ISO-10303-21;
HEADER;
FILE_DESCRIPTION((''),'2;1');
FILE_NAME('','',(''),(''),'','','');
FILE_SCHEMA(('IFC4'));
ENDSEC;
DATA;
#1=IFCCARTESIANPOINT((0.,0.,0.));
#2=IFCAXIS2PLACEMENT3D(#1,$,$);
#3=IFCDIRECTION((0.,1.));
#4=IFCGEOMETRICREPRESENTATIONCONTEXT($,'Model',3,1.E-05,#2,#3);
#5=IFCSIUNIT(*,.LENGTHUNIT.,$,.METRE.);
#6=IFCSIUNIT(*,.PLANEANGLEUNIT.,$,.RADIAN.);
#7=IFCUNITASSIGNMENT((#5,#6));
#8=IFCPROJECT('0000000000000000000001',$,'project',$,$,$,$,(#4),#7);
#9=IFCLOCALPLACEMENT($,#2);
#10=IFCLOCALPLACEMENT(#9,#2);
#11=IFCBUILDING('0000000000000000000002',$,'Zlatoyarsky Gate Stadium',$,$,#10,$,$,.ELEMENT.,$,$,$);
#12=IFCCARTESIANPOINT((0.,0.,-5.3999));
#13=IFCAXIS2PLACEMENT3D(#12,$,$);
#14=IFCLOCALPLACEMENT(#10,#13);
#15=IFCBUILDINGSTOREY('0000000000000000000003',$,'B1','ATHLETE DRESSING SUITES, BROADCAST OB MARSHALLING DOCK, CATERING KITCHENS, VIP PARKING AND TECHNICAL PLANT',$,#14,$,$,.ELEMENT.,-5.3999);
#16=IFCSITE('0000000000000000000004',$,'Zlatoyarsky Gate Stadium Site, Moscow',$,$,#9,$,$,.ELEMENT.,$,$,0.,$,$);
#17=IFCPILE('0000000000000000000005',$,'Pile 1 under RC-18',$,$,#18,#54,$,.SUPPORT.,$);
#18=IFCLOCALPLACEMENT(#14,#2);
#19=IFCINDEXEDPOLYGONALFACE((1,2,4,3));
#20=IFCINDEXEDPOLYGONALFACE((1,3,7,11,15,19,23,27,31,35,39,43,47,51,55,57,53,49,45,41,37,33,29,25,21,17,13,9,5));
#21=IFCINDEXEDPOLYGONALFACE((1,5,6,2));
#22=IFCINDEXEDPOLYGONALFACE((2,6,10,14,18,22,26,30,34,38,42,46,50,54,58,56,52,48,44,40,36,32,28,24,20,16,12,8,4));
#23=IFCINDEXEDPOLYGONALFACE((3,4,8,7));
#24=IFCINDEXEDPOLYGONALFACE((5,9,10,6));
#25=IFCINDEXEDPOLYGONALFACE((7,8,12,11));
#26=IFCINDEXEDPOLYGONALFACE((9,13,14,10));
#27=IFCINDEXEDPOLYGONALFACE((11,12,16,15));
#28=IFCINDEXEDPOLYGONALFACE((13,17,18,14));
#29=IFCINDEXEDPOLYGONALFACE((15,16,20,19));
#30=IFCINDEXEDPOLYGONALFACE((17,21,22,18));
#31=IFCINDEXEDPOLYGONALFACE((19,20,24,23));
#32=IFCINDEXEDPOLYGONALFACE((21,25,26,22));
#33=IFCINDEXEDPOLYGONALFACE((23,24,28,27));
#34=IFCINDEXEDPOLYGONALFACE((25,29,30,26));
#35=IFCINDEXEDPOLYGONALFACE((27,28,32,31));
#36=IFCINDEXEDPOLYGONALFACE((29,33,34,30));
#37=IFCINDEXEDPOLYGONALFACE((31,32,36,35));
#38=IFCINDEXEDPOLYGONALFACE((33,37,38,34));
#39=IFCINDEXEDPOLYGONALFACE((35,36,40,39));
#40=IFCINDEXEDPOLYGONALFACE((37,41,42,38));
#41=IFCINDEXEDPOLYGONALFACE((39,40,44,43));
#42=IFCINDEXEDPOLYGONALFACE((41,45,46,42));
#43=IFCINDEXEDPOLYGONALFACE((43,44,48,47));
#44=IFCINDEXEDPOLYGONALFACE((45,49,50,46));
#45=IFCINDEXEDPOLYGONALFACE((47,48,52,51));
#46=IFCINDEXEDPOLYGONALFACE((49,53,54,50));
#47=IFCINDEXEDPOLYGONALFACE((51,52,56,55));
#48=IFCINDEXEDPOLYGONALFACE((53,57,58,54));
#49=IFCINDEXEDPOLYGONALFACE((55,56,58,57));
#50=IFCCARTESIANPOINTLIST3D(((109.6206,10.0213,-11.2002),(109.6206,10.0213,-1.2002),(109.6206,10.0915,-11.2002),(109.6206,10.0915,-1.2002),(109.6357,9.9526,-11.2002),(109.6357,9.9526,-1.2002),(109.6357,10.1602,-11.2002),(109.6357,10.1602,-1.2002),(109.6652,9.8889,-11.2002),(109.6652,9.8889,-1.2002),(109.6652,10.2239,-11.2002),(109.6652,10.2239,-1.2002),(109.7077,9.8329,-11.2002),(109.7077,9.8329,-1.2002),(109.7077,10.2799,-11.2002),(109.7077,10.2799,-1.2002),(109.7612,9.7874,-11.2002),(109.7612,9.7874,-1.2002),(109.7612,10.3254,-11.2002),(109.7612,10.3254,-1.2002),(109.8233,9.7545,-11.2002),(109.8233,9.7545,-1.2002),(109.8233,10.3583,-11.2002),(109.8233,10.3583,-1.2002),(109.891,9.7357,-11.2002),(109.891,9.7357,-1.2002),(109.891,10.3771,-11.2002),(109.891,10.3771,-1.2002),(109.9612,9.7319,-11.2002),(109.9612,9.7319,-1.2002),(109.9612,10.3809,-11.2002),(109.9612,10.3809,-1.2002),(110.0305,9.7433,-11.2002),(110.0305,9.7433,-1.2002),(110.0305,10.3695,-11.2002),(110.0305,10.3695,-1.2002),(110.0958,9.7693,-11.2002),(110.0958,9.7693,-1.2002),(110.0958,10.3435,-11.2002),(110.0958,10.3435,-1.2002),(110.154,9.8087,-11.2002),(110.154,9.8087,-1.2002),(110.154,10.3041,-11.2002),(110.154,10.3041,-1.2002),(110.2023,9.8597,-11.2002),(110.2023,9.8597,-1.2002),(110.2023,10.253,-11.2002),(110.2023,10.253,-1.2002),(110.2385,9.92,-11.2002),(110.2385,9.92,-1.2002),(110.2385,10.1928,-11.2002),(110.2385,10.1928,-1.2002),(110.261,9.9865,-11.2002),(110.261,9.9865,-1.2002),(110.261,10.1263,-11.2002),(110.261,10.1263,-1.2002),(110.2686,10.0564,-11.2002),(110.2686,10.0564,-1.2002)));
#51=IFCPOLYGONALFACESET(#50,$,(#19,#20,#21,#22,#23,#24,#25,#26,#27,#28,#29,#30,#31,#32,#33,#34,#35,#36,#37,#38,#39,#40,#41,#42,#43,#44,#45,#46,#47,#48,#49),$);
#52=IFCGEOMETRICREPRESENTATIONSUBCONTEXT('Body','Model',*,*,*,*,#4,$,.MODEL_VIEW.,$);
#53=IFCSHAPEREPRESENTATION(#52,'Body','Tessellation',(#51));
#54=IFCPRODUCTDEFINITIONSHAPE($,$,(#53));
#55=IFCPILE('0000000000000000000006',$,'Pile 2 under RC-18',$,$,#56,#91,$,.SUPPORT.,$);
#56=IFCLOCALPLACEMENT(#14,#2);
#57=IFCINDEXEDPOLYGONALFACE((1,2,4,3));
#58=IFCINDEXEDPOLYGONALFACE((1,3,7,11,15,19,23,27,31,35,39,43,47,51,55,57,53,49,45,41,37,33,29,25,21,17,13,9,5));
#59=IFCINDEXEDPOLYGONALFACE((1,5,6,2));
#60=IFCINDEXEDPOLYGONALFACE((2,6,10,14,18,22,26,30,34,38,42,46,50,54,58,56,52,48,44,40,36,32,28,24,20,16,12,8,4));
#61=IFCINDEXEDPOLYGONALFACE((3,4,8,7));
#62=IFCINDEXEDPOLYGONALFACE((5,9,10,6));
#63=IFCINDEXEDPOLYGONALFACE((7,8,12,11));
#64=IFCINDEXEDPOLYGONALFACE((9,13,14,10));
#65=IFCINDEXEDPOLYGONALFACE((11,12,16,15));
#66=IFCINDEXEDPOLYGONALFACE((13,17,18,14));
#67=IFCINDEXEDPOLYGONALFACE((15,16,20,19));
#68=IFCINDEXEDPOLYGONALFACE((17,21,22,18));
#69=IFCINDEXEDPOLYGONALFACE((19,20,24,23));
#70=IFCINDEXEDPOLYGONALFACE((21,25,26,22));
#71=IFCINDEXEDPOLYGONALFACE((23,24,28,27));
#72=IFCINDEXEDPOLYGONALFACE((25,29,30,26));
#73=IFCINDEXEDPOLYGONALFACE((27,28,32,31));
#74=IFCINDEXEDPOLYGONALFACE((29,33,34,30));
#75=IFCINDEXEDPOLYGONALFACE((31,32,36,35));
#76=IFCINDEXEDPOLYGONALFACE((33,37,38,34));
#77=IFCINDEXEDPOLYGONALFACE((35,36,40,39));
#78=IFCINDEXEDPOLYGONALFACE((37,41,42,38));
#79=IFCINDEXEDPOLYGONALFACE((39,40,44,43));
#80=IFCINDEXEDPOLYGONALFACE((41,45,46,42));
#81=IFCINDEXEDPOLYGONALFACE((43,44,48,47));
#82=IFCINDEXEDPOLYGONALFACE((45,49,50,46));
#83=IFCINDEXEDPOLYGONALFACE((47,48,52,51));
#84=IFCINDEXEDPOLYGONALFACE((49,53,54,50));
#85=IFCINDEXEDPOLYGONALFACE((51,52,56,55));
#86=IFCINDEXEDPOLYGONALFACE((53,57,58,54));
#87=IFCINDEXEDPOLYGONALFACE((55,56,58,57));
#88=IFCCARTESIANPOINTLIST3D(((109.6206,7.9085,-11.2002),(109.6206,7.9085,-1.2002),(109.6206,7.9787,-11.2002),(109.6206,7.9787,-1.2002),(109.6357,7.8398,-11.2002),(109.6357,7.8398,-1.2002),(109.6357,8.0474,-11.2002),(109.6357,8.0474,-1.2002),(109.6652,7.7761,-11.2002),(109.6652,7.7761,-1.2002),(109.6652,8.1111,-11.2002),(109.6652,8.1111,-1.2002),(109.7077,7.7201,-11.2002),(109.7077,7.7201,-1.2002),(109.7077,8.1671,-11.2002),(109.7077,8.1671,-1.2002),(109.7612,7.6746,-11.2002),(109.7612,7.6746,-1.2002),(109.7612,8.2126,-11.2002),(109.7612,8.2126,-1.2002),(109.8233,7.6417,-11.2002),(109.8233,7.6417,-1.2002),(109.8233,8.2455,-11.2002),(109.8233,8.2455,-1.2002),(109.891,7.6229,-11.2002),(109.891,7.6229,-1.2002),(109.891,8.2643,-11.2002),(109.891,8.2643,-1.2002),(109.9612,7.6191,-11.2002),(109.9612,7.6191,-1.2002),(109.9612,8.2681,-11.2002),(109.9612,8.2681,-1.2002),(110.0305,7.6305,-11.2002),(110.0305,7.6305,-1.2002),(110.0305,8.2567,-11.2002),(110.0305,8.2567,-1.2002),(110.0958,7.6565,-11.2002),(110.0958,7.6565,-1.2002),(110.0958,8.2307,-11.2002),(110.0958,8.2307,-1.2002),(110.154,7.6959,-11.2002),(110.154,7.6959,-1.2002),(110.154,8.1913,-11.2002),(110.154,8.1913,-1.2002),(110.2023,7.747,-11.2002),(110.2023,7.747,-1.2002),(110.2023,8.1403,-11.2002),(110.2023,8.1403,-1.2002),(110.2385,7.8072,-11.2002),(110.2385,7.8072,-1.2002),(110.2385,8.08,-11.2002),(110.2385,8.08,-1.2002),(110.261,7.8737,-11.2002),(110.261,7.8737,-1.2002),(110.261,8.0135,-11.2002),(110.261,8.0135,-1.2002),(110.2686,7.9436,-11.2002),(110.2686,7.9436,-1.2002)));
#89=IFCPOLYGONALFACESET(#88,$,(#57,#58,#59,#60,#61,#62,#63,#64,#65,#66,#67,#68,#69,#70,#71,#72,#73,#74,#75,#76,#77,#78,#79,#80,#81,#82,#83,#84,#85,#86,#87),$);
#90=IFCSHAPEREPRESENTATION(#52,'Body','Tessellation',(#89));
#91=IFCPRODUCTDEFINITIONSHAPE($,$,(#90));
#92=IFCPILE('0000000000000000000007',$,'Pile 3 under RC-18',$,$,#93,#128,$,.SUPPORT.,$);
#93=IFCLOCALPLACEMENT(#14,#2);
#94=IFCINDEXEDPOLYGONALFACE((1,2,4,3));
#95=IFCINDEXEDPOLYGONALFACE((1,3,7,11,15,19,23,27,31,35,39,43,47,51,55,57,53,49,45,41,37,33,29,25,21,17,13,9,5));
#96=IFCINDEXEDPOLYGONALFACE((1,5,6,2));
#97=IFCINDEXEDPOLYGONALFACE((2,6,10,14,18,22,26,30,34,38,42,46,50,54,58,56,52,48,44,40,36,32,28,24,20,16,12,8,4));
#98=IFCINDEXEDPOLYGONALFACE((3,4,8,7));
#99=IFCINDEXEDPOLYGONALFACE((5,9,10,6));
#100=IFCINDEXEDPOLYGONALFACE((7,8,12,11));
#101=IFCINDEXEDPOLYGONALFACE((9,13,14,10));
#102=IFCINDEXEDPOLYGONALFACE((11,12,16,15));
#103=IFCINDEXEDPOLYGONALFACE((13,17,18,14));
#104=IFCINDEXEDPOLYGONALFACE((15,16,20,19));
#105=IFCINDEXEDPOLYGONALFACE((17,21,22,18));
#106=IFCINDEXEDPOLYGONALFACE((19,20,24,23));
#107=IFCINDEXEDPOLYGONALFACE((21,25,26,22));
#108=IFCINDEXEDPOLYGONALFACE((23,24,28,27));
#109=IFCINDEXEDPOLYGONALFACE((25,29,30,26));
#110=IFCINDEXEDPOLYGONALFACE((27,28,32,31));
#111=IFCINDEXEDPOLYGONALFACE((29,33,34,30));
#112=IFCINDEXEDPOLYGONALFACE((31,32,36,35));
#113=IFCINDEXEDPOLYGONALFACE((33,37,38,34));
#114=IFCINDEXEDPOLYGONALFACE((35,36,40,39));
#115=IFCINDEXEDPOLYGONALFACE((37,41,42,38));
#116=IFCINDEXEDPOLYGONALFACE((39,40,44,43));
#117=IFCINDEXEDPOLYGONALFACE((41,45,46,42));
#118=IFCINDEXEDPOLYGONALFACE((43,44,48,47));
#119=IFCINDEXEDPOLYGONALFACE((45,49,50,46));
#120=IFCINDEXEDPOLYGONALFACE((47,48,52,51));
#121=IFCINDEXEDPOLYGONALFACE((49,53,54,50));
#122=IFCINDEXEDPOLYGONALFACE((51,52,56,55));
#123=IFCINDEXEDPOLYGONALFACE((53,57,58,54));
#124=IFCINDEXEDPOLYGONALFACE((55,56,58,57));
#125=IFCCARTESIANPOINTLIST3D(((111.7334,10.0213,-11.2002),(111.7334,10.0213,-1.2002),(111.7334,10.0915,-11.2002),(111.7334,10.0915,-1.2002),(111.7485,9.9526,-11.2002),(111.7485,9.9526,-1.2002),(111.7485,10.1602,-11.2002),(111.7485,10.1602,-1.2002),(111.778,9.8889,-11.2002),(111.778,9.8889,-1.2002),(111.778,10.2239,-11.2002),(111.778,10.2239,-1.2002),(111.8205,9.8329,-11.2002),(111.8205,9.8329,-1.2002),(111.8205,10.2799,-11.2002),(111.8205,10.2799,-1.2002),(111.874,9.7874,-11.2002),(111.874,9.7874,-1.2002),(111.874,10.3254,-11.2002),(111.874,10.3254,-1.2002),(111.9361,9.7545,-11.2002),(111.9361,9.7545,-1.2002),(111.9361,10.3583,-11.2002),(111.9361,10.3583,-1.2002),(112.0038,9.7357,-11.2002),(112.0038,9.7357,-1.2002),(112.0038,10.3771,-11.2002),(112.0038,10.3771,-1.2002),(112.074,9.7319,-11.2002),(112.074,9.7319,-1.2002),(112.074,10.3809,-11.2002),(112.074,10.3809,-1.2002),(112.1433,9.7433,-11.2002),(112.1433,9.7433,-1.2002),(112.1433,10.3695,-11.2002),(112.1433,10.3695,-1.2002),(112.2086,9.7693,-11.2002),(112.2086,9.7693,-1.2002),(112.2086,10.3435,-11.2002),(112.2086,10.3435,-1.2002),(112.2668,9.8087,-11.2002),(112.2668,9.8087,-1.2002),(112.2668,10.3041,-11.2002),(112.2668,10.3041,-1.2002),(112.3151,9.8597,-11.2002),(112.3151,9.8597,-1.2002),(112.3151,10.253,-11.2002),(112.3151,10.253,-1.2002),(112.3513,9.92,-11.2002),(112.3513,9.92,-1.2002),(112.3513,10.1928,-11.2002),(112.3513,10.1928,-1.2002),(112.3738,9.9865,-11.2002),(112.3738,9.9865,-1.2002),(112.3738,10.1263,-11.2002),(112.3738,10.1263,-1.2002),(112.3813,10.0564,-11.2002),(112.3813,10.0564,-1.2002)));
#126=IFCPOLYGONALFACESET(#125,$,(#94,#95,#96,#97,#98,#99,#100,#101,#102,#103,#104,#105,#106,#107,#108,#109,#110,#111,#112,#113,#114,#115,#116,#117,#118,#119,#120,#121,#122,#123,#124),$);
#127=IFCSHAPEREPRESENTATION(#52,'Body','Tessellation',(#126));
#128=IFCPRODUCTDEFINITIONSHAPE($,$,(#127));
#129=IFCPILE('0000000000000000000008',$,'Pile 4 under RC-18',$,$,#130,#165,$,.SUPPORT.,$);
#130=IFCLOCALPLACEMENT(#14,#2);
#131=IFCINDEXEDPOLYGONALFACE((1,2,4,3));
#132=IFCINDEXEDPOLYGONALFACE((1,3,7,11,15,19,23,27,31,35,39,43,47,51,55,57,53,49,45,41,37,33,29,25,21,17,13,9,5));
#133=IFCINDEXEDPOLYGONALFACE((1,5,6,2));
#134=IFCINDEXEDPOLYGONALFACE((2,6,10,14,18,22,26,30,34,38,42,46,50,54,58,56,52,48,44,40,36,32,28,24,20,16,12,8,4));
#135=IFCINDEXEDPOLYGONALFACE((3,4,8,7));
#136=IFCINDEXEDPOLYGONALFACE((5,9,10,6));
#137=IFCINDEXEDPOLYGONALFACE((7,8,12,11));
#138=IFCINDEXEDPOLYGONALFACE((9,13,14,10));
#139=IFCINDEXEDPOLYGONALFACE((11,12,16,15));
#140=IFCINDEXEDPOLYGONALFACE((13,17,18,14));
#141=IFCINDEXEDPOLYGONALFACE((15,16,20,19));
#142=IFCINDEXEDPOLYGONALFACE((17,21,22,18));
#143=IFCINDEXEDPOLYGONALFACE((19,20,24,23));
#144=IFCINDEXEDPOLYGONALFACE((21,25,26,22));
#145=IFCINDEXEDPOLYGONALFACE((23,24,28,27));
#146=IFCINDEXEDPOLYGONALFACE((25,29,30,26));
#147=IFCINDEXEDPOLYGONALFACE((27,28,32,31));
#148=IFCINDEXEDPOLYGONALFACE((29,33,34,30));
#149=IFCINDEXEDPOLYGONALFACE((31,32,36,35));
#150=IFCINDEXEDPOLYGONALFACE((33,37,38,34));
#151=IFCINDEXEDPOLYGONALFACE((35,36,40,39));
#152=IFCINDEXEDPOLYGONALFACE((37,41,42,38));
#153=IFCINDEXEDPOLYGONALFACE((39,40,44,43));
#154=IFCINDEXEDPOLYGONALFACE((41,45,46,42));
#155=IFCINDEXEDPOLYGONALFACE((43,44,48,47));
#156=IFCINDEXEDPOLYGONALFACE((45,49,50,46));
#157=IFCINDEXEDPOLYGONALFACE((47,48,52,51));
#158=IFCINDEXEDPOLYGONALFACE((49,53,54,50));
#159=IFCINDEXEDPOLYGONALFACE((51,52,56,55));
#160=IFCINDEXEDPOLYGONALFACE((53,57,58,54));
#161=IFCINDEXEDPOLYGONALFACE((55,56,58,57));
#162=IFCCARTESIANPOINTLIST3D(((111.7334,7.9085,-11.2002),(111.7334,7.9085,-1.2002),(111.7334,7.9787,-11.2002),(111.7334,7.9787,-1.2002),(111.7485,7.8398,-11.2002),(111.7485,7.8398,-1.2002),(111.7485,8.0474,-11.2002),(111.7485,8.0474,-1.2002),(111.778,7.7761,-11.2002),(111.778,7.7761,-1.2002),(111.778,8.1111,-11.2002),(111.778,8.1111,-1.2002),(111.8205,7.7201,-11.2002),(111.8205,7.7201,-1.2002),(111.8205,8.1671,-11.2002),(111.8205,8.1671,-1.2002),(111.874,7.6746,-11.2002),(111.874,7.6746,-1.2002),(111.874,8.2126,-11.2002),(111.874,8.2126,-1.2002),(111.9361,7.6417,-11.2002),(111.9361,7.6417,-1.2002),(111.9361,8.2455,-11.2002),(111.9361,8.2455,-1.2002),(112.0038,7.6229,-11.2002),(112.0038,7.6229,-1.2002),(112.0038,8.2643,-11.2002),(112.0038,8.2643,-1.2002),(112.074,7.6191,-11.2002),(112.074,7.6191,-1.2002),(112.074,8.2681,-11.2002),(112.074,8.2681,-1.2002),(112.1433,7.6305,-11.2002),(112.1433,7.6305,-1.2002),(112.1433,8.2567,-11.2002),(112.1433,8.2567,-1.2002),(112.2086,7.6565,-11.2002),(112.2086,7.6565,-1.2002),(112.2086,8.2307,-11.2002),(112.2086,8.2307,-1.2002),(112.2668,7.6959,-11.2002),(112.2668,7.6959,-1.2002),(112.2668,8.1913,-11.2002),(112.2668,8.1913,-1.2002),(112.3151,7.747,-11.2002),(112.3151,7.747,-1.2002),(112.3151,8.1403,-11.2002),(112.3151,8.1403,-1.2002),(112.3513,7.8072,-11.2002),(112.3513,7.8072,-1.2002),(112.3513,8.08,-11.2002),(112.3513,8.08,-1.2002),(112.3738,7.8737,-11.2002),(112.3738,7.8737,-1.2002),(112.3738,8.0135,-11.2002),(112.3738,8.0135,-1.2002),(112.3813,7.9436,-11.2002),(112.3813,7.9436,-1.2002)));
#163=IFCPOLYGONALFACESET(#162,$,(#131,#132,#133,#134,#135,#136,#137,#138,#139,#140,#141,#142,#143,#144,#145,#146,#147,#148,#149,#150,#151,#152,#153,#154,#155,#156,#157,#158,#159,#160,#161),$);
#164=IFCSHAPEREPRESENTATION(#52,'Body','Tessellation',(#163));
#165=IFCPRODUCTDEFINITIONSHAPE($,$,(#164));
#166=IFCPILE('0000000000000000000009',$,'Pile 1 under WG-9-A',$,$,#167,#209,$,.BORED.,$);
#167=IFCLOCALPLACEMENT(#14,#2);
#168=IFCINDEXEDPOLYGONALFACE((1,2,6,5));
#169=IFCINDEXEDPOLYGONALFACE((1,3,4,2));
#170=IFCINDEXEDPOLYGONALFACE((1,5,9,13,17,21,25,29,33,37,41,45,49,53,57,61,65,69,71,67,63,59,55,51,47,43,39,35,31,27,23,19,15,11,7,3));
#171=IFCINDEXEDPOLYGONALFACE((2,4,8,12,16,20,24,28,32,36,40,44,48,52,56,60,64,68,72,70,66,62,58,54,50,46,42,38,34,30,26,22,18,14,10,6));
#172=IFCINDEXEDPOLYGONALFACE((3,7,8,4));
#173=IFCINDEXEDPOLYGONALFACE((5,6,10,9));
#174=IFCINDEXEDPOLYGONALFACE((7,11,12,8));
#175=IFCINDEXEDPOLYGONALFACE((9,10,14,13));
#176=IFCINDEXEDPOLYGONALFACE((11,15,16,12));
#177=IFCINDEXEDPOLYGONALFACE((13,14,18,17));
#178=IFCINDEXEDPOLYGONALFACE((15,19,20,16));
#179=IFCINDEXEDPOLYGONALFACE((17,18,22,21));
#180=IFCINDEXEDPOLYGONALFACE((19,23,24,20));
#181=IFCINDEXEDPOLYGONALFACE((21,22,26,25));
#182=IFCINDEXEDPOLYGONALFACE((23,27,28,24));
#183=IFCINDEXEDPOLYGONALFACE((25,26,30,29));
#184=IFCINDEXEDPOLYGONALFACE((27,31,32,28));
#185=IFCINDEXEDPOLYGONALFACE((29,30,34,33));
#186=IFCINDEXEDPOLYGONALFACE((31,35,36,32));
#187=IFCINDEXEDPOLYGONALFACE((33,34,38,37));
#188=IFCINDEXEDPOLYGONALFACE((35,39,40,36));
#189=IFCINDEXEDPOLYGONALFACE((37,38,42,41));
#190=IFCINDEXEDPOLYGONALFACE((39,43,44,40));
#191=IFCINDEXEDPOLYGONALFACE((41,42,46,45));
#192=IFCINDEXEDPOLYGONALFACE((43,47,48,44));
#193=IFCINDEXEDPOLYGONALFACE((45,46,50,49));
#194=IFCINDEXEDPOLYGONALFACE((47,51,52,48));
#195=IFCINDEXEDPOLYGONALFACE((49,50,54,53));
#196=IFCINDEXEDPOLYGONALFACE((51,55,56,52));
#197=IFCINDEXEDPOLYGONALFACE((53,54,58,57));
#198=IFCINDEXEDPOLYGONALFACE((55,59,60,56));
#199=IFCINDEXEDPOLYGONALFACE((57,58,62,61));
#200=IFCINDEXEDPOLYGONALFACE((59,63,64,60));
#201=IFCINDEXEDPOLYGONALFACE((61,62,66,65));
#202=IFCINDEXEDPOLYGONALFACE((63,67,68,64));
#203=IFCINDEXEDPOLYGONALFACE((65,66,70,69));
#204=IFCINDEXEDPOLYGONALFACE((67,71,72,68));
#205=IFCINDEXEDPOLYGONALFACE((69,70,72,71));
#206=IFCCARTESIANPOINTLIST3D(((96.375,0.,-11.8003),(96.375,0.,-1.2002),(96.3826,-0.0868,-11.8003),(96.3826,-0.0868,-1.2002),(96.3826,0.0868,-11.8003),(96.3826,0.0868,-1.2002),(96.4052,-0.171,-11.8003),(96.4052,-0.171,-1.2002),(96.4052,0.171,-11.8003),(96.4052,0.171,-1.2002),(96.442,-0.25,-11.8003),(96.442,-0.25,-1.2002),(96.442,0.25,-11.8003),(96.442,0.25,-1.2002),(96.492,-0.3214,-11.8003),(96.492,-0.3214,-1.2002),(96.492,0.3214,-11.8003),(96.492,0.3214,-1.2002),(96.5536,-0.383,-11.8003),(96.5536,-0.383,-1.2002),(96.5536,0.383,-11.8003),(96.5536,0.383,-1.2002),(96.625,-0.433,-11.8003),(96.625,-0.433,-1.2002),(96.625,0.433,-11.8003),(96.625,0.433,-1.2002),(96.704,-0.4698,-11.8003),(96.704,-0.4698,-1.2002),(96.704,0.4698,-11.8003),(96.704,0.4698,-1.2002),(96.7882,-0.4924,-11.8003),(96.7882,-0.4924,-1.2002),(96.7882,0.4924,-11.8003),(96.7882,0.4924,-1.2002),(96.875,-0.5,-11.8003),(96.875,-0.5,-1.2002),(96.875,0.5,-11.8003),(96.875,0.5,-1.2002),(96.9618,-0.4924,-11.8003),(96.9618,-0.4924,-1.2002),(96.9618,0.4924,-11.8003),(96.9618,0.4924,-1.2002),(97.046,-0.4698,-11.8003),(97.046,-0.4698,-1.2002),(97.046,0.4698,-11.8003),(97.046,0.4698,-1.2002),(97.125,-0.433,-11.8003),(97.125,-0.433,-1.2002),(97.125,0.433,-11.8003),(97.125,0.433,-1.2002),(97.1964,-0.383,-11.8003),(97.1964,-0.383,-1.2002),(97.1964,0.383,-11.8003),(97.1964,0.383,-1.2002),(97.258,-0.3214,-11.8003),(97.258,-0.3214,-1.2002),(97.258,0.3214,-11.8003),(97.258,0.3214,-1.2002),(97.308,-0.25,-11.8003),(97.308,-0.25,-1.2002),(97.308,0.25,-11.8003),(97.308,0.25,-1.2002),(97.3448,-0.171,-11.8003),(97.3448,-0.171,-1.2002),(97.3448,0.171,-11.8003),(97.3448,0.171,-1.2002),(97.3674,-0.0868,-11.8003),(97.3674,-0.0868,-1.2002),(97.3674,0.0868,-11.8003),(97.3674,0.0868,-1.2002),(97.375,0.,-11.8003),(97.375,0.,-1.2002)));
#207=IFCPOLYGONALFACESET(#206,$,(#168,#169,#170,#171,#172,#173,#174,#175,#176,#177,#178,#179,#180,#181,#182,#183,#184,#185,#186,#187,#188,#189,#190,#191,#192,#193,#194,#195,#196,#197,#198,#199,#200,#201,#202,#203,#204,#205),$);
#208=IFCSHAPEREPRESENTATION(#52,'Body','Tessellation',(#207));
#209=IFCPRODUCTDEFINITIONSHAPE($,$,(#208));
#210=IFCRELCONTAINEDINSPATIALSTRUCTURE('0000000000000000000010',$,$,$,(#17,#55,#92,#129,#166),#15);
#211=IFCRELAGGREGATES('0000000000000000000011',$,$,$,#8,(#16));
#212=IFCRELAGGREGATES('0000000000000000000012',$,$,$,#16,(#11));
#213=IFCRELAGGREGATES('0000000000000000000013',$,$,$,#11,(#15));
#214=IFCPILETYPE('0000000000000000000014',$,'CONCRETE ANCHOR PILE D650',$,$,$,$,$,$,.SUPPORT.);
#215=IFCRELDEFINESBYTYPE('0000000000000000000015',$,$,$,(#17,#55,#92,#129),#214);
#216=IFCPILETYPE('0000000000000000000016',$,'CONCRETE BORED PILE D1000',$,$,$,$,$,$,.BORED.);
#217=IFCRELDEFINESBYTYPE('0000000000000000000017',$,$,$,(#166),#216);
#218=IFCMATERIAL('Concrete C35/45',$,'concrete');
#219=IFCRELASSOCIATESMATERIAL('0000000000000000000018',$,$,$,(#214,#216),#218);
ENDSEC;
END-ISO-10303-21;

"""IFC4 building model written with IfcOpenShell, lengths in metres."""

from ifc_helpers import new_model, si_unit, direction, frame, origin, origin_2d, place, context, subcontext, project, spatial, circle, extrude, material, material_profile, profile_set, type_object, element, save


model = new_model("IFC4")

# Units and contexts
model_context = context("Model", 3, precision=1e-05, world=origin(), true_north=direction((0.0, 1.0)))
body_context = subcontext(model_context, "Body", "Model", "MODEL_VIEW")
ifc_project = project(units=[si_unit("LENGTHUNIT", "METRE"), si_unit("PLANEANGLEUNIT", "RADIAN")], contexts=[model_context])

# Site, building, storey
site_placement = place(None, origin())
site = spatial("IfcSite", under=ifc_project, at=site_placement, Name="Zlatoyarsky Gate Stadium Site, Moscow", CompositionType="ELEMENT", RefElevation=0.0)
building_placement = place(site_placement, origin())
building = spatial("IfcBuilding", under=site, at=building_placement, Name="Zlatoyarsky Gate Stadium", CompositionType="ELEMENT")
storey_placement = place(building_placement, frame((0.0, 0.0, -5.3999)))
storey = spatial("IfcBuildingStorey", under=building, at=storey_placement, Name="B1", Description="ATHLETE DRESSING SUITES, BROADCAST OB MARSHALLING DOCK, CATERING KITCHENS, VIP PARKING AND TECHNICAL PLANT", CompositionType="ELEMENT", Elevation=-5.3999)

# Piles
ifc_material_1 = material(Name="Concrete C35/45", Category="concrete")
ifc_material_profile_1 = material_profile(ifc_material_1, circle(Radius=0.325, at=origin_2d()), Name="ANCHOR PILE D650")
ifc_profile_set_1 = profile_set([ifc_material_profile_1], Name="Concrete C35/45")
pile_type_1 = type_object("IfcPileType", Name="CONCRETE ANCHOR PILE D650", PredefinedType="SUPPORT", material=ifc_profile_set_1)
for number, where, z_axis, x_axis, name in (
    (1, (109.9436, 10.0564, -1.2002), (0.0, 0.0, -1.0), (1.0, 0.0, 0.0), "Pile 1 under RC-18"),
    (2, (109.9436, 7.9436, -1.2002), (0.0, 0.0, -1.0), (1.0, 0.0, 0.0), "Pile 2 under RC-18"),
    (3, (112.0564, 10.0564, -1.2002), (0.0, 0.0, -1.0), (1.0, 0.0, 0.0), "Pile 3 under RC-18"),
    (4, (112.0564, 7.9436, -1.2002), (0.0, 0.0, -1.0), (1.0, 0.0, 0.0), "Pile 4 under RC-18"),
):
    element("IfcPile", number, at=place(storey_placement, frame(where, z_axis=z_axis, x_axis=x_axis)), inside=storey, type_object=pile_type_1, Name=name, PredefinedType="SUPPORT", context=body_context, shape_type="SweptSolid", body=[
        extrude(circle(Radius=0.325, at=origin_2d()), origin(), (0.0, 0.0, 1.0), 10.0),
    ])
ifc_material_profile_2 = material_profile(ifc_material_1, circle(Radius=0.5, at=origin_2d()), Name="BORED PILE D1000")
ifc_profile_set_2 = profile_set([ifc_material_profile_2], Name="Concrete C35/45")
pile_type_2 = type_object("IfcPileType", Name="CONCRETE BORED PILE D1000", PredefinedType="BORED", material=ifc_profile_set_2)
for number, where, z_axis, x_axis, name in (
    (5, (96.875, 0.0, -1.2002), (0.0, 0.0, -1.0), (1.0, 0.0, 0.0), "Pile 1 under WG-9-A"),
):
    element("IfcPile", number, at=place(storey_placement, frame(where, z_axis=z_axis, x_axis=x_axis)), inside=storey, type_object=pile_type_2, Name=name, PredefinedType="BORED", context=body_context, shape_type="SweptSolid", body=[
        extrude(circle(Radius=0.5, at=origin_2d()), origin(), (0.0, 0.0, 1.0), 10.6001),
    ])

save(model, "model.ifc")
